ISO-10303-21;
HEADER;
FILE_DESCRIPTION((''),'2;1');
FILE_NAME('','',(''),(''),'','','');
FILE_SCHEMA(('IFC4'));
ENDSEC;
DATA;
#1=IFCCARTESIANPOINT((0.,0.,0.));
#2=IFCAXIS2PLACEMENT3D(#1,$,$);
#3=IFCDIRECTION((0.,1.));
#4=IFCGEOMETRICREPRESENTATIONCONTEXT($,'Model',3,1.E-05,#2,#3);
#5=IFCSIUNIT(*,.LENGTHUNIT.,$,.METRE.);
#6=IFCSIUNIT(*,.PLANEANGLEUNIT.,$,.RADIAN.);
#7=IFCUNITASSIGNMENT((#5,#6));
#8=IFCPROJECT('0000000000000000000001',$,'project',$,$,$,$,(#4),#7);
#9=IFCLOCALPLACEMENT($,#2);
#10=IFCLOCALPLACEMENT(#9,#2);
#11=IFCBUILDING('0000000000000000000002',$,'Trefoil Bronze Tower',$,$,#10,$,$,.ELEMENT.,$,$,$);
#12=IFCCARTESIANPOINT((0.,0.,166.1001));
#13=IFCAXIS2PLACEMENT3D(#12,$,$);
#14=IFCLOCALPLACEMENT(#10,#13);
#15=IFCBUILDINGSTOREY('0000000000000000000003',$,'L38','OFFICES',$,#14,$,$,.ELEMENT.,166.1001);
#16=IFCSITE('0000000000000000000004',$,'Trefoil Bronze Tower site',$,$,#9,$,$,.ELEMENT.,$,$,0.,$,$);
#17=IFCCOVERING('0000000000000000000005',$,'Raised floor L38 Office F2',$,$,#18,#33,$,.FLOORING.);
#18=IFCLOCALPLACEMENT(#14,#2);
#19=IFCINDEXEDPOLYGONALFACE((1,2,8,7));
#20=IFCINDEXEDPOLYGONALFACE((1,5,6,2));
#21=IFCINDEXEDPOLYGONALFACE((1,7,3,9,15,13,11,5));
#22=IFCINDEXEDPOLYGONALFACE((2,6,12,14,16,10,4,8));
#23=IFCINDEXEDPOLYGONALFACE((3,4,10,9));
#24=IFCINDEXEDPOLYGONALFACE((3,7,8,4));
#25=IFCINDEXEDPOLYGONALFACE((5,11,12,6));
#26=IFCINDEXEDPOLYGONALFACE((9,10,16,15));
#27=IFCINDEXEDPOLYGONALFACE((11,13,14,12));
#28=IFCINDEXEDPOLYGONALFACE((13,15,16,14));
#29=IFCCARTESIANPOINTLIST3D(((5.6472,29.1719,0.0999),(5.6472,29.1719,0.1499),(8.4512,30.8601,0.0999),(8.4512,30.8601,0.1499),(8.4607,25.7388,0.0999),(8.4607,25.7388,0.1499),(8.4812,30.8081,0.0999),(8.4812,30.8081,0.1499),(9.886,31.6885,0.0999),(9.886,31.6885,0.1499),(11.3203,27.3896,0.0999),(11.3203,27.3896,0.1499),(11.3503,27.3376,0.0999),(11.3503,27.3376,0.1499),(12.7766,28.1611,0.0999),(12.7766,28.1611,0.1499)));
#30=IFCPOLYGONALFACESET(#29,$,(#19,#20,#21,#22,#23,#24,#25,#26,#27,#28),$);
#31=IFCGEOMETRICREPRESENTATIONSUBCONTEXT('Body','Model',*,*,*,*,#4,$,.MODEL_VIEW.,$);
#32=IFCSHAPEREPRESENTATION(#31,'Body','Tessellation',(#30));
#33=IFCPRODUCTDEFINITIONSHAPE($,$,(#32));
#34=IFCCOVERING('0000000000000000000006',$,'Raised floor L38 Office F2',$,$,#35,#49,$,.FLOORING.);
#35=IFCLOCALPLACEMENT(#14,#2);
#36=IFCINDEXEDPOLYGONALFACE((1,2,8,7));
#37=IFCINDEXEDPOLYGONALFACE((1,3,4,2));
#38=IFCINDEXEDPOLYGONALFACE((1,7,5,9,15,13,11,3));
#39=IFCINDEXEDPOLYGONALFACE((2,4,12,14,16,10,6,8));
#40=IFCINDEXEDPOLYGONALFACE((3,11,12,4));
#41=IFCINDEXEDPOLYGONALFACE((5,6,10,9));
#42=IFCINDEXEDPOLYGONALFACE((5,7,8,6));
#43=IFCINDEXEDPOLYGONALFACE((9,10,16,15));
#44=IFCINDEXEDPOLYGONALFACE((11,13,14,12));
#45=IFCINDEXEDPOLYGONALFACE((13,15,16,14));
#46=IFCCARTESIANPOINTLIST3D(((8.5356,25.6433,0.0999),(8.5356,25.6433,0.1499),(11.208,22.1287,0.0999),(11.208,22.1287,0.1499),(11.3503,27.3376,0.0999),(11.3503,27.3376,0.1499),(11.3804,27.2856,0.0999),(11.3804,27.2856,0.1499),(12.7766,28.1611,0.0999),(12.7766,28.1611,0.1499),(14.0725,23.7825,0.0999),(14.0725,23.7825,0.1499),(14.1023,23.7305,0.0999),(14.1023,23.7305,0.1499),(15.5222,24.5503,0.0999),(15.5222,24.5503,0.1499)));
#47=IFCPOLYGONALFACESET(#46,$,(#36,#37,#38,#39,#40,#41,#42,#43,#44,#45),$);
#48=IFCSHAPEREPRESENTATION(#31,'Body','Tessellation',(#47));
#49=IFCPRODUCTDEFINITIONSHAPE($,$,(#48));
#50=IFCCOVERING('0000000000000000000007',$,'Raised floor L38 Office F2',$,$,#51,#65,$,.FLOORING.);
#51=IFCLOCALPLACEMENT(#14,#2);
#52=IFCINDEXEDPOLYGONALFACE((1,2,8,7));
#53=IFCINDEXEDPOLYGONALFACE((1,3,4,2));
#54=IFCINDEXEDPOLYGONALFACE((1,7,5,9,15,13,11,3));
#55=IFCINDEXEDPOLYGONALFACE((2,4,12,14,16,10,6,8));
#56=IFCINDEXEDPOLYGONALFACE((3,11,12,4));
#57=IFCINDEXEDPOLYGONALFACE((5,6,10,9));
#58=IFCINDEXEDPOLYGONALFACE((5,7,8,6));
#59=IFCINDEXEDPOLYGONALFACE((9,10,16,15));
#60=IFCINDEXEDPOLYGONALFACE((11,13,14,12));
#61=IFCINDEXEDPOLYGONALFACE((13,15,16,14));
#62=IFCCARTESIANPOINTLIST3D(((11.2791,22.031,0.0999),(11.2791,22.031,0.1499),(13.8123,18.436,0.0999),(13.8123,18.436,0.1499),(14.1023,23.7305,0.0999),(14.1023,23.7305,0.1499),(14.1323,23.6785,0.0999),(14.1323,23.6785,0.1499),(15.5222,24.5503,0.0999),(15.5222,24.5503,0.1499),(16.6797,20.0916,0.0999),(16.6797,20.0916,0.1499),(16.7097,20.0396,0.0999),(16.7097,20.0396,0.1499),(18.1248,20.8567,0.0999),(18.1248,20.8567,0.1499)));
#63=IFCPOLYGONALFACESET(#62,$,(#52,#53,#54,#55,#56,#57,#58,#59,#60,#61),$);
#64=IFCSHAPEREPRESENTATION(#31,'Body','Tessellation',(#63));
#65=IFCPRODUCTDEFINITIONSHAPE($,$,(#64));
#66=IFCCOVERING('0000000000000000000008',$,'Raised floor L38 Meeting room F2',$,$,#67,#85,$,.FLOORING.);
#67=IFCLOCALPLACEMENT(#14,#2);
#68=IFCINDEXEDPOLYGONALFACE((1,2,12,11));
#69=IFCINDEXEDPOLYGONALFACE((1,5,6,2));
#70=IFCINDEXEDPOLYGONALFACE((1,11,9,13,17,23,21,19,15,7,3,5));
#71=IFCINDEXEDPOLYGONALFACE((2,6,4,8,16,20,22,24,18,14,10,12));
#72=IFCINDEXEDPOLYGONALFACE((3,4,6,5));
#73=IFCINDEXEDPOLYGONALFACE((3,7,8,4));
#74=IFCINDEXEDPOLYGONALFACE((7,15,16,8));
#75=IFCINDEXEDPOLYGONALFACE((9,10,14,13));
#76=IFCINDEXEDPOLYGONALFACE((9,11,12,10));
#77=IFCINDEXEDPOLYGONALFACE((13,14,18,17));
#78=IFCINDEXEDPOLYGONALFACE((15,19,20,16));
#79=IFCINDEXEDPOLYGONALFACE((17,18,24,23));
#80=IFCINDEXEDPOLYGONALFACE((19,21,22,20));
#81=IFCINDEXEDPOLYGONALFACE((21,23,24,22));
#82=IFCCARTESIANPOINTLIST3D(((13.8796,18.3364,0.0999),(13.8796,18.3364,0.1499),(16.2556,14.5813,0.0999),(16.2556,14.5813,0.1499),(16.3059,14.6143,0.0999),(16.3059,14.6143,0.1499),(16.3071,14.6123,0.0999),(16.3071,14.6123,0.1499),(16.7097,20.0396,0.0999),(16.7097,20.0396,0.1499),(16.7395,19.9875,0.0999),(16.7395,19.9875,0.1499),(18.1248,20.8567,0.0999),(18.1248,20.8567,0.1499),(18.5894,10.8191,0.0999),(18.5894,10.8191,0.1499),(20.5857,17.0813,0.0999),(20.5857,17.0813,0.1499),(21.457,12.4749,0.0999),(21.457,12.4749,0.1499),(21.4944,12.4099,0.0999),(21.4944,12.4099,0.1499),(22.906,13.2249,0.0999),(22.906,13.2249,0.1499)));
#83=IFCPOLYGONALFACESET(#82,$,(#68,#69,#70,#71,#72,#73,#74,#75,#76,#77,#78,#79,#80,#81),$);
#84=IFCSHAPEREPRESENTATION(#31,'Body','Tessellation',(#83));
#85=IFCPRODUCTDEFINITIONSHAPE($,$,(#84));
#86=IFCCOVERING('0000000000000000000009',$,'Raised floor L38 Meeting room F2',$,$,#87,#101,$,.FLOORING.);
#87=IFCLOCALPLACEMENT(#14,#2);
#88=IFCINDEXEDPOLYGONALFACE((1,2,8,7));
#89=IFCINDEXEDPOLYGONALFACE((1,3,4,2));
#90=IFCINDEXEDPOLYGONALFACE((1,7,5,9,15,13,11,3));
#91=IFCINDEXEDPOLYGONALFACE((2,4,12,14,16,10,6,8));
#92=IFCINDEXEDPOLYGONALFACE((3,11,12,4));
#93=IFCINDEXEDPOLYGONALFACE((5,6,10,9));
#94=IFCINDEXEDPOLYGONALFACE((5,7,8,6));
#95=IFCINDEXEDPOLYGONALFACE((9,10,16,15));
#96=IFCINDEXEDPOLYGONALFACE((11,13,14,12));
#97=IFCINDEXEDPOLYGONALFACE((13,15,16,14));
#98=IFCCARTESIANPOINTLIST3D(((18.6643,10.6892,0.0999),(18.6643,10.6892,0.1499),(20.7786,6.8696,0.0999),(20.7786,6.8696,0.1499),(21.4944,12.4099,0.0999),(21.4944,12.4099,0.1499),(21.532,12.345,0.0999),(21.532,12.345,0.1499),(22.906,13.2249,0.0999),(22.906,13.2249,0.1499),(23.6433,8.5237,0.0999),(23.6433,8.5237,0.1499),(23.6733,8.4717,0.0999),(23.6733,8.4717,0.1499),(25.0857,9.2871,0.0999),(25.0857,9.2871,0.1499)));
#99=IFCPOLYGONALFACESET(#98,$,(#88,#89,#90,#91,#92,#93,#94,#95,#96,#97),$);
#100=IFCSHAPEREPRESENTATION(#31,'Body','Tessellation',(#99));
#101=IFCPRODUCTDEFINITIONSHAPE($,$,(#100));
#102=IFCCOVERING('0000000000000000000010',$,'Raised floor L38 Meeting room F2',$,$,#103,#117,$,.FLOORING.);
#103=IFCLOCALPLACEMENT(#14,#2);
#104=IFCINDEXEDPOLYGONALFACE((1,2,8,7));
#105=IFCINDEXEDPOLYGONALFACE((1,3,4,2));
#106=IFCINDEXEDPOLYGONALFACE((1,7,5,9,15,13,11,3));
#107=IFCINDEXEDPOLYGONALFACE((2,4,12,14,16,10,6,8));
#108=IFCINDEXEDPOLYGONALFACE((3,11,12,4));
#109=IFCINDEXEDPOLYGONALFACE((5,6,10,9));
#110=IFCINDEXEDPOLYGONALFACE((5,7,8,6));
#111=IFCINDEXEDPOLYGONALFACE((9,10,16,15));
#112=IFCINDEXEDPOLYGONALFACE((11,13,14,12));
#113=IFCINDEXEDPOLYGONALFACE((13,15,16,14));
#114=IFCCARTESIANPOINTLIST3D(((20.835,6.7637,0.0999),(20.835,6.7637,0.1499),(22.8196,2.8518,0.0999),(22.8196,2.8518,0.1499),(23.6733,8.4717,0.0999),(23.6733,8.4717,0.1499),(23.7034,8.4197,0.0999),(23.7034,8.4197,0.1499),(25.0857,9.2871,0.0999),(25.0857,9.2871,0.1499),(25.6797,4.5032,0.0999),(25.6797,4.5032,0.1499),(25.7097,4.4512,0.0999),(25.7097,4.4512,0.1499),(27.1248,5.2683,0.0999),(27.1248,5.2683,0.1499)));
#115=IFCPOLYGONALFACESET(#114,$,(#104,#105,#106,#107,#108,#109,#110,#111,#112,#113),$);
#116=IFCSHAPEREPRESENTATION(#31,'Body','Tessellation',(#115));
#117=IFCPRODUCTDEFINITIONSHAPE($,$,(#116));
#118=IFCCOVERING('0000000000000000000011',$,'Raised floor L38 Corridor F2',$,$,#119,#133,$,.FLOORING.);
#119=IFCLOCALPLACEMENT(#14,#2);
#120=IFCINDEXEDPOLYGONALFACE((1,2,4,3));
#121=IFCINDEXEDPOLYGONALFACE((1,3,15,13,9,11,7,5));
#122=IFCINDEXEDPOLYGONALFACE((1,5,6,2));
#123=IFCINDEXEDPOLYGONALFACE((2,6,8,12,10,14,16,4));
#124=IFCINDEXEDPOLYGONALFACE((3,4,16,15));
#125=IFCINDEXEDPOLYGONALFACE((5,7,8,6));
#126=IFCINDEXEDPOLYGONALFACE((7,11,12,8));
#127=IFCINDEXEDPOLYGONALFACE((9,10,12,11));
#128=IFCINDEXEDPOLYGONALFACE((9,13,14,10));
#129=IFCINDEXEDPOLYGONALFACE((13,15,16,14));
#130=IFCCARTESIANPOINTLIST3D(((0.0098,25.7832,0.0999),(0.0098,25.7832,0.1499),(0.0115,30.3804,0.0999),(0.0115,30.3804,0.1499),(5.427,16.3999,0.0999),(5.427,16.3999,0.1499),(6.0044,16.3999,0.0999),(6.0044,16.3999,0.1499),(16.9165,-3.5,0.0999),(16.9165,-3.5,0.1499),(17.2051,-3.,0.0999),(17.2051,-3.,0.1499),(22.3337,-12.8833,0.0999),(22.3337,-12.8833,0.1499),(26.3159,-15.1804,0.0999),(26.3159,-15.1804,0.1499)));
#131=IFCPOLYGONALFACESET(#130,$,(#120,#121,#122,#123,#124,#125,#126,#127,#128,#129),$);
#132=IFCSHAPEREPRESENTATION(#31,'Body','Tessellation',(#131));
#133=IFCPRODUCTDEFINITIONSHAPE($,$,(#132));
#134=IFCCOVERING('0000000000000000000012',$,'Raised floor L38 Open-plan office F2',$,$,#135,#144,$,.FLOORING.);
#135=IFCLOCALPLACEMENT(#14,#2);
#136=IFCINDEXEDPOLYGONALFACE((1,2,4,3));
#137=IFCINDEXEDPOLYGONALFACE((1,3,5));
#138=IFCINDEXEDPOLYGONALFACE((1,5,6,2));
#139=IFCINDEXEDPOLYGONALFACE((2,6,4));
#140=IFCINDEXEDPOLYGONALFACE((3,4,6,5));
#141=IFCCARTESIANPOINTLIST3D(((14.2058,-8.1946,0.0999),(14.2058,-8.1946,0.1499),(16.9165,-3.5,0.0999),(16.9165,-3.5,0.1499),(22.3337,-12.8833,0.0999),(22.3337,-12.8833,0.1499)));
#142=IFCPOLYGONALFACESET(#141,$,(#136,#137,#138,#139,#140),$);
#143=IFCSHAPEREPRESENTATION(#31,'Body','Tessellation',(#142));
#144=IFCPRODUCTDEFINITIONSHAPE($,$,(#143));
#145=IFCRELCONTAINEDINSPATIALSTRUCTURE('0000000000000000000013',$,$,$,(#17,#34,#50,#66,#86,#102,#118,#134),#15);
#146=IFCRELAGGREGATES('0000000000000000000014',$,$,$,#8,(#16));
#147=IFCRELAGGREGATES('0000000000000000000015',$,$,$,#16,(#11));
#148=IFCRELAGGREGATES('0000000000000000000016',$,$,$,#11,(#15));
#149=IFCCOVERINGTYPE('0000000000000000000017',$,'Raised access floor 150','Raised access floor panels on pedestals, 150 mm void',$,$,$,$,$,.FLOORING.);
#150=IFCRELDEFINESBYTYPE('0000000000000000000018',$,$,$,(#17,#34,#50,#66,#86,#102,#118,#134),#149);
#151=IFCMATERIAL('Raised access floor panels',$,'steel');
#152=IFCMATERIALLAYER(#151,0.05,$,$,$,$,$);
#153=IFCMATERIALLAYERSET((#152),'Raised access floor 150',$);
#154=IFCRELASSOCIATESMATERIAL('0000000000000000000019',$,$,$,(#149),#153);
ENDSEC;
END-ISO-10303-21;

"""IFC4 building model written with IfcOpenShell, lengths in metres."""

from ifc_helpers import new_model, si_unit, direction, frame, origin, place, context, subcontext, project, spatial, polyline, outline, extrude, material, layer, layer_set, type_object, element, save


model = new_model("IFC4")

# Units and contexts
model_context = context("Model", 3, precision=1e-05, world=origin(), true_north=direction((0.0, 1.0)))
body_context = subcontext(model_context, "Body", "Model", "MODEL_VIEW")
ifc_project = project(units=[si_unit("LENGTHUNIT", "METRE"), si_unit("PLANEANGLEUNIT", "RADIAN")], contexts=[model_context])

# Site, building, storey
site_placement = place(None, origin())
site = spatial("IfcSite", under=ifc_project, at=site_placement, Name="Trefoil Bronze Tower site", CompositionType="ELEMENT", RefElevation=0.0)
building_placement = place(site_placement, origin())
building = spatial("IfcBuilding", under=site, at=building_placement, Name="Trefoil Bronze Tower", CompositionType="ELEMENT")
storey_placement = place(building_placement, frame((0.0, 0.0, 166.1001)))
storey = spatial("IfcBuildingStorey", under=building, at=storey_placement, Name="L38", Description="OFFICES", CompositionType="ELEMENT", Elevation=166.1001)

# Coverings
ifc_material_1 = material(Name="Raised access floor panels", Category="steel")
ifc_layer_1 = layer(ifc_material_1, 0.05)
ifc_layer_set_1 = layer_set([ifc_layer_1], Name="Raised access floor 150")
covering_type_1 = type_object("IfcCoveringType", Name="Raised access floor 150", Description="Raised access floor panels on pedestals, 150 mm void", PredefinedType="FLOORING", material=ifc_layer_set_1)
covering_1_placement = place(storey_placement, frame((0.0, 0.0, 0.0999)))
element("IfcCovering", 1, at=covering_1_placement, inside=storey, type_object=covering_type_1, Name="Raised floor L38 Office F2", PredefinedType="FLOORING", context=body_context, shape_type="SweptSolid", body=[
    extrude(outline(polyline([(9.886, 31.6885), (12.7766, 28.1611), (11.3503, 27.3376), (11.3203, 27.3896), (8.4607, 25.7388), (5.6472, 29.1719), (8.4812, 30.8081), (8.4512, 30.8601), (9.886, 31.6885)])), origin(), (0.0, 0.0, 1.0), 0.05),
])
covering_2_placement = place(storey_placement, frame((0.0, 0.0, 0.0999)))
element("IfcCovering", 2, at=covering_2_placement, inside=storey, type_object=covering_type_1, Name="Raised floor L38 Office F2", PredefinedType="FLOORING", context=body_context, shape_type="SweptSolid", body=[
    extrude(outline(polyline([(12.7766, 28.1611), (15.5222, 24.5503), (14.1023, 23.7305), (14.0725, 23.7825), (11.208, 22.1287), (8.5356, 25.6433), (11.3804, 27.2856), (11.3503, 27.3376), (12.7766, 28.1611)])), origin(), (0.0, 0.0, 1.0), 0.05),
])
covering_3_placement = place(storey_placement, frame((0.0, 0.0, 0.0999)))
element("IfcCovering", 3, at=covering_3_placement, inside=storey, type_object=covering_type_1, Name="Raised floor L38 Office F2", PredefinedType="FLOORING", context=body_context, shape_type="SweptSolid", body=[
    extrude(outline(polyline([(18.1248, 20.8567), (16.7097, 20.0396), (16.6797, 20.0916), (13.8123, 18.436), (11.2791, 22.031), (14.1323, 23.6785), (14.1023, 23.7305), (15.5222, 24.5503), (18.1248, 20.8567)])), origin(), (0.0, 0.0, 1.0), 0.05),
])
covering_4_placement = place(storey_placement, frame((0.0, 0.0, 0.0999)))
element("IfcCovering", 4, at=covering_4_placement, inside=storey, type_object=covering_type_1, Name="Raised floor L38 Meeting room F2", PredefinedType="FLOORING", context=body_context, shape_type="SweptSolid", body=[
    extrude(outline(polyline([(20.5857, 17.0813), (22.906, 13.2249), (21.4944, 12.4099), (21.457, 12.4749), (18.5894, 10.8191), (16.3071, 14.6123), (16.2556, 14.5813), (16.3059, 14.6143), (13.8796, 18.3364), (16.7395, 19.9875), (16.7097, 20.0396), (18.1248, 20.8567), (20.5857, 17.0813)])), origin(), (0.0, 0.0, 1.0), 0.05),
])
covering_5_placement = place(storey_placement, frame((0.0, 0.0, 0.0999)))
element("IfcCovering", 5, at=covering_5_placement, inside=storey, type_object=covering_type_1, Name="Raised floor L38 Meeting room F2", PredefinedType="FLOORING", context=body_context, shape_type="SweptSolid", body=[
    extrude(outline(polyline([(22.906, 13.2249), (25.0857, 9.2871), (23.6733, 8.4717), (23.6433, 8.5237), (20.7786, 6.8696), (18.6643, 10.6892), (21.532, 12.345), (21.4944, 12.4099), (22.906, 13.2249)])), origin(), (0.0, 0.0, 1.0), 0.05),
])
covering_6_placement = place(storey_placement, frame((0.0, 0.0, 0.0999)))
element("IfcCovering", 6, at=covering_6_placement, inside=storey, type_object=covering_type_1, Name="Raised floor L38 Meeting room F2", PredefinedType="FLOORING", context=body_context, shape_type="SweptSolid", body=[
    extrude(outline(polyline([(25.0857, 9.2871), (27.1248, 5.2683), (25.7097, 4.4512), (25.6797, 4.5032), (22.8196, 2.8518), (20.835, 6.7637), (23.7034, 8.4197), (23.6733, 8.4717), (25.0857, 9.2871)])), origin(), (0.0, 0.0, 1.0), 0.05),
])
covering_7_placement = place(storey_placement, frame((0.0, 0.0, 0.0999)))
element("IfcCovering", 7, at=covering_7_placement, inside=storey, type_object=covering_type_1, Name="Raised floor L38 Corridor F2", PredefinedType="FLOORING", context=body_context, shape_type="SweptSolid", body=[
    extrude(outline(polyline([(26.3159, -15.1804), (22.3337, -12.8833), (16.9165, -3.5), (17.2051, -3.0), (6.0044, 16.3999), (5.427, 16.3999), (0.0098, 25.7832), (0.0115, 30.3804), (26.3159, -15.1804)])), origin(), (0.0, 0.0, 1.0), 0.05),
])
covering_8_placement = place(storey_placement, frame((0.0, 0.0, 0.0999)))
element("IfcCovering", 8, at=covering_8_placement, inside=storey, type_object=covering_type_1, Name="Raised floor L38 Open-plan office F2", PredefinedType="FLOORING", context=body_context, shape_type="SweptSolid", body=[
    extrude(outline(polyline([(14.2058, -8.1946), (16.9165, -3.5), (22.3337, -12.8833), (14.2058, -8.1946)])), origin(), (0.0, 0.0, 1.0), 0.05),
])

save(model, "model.ifc")
